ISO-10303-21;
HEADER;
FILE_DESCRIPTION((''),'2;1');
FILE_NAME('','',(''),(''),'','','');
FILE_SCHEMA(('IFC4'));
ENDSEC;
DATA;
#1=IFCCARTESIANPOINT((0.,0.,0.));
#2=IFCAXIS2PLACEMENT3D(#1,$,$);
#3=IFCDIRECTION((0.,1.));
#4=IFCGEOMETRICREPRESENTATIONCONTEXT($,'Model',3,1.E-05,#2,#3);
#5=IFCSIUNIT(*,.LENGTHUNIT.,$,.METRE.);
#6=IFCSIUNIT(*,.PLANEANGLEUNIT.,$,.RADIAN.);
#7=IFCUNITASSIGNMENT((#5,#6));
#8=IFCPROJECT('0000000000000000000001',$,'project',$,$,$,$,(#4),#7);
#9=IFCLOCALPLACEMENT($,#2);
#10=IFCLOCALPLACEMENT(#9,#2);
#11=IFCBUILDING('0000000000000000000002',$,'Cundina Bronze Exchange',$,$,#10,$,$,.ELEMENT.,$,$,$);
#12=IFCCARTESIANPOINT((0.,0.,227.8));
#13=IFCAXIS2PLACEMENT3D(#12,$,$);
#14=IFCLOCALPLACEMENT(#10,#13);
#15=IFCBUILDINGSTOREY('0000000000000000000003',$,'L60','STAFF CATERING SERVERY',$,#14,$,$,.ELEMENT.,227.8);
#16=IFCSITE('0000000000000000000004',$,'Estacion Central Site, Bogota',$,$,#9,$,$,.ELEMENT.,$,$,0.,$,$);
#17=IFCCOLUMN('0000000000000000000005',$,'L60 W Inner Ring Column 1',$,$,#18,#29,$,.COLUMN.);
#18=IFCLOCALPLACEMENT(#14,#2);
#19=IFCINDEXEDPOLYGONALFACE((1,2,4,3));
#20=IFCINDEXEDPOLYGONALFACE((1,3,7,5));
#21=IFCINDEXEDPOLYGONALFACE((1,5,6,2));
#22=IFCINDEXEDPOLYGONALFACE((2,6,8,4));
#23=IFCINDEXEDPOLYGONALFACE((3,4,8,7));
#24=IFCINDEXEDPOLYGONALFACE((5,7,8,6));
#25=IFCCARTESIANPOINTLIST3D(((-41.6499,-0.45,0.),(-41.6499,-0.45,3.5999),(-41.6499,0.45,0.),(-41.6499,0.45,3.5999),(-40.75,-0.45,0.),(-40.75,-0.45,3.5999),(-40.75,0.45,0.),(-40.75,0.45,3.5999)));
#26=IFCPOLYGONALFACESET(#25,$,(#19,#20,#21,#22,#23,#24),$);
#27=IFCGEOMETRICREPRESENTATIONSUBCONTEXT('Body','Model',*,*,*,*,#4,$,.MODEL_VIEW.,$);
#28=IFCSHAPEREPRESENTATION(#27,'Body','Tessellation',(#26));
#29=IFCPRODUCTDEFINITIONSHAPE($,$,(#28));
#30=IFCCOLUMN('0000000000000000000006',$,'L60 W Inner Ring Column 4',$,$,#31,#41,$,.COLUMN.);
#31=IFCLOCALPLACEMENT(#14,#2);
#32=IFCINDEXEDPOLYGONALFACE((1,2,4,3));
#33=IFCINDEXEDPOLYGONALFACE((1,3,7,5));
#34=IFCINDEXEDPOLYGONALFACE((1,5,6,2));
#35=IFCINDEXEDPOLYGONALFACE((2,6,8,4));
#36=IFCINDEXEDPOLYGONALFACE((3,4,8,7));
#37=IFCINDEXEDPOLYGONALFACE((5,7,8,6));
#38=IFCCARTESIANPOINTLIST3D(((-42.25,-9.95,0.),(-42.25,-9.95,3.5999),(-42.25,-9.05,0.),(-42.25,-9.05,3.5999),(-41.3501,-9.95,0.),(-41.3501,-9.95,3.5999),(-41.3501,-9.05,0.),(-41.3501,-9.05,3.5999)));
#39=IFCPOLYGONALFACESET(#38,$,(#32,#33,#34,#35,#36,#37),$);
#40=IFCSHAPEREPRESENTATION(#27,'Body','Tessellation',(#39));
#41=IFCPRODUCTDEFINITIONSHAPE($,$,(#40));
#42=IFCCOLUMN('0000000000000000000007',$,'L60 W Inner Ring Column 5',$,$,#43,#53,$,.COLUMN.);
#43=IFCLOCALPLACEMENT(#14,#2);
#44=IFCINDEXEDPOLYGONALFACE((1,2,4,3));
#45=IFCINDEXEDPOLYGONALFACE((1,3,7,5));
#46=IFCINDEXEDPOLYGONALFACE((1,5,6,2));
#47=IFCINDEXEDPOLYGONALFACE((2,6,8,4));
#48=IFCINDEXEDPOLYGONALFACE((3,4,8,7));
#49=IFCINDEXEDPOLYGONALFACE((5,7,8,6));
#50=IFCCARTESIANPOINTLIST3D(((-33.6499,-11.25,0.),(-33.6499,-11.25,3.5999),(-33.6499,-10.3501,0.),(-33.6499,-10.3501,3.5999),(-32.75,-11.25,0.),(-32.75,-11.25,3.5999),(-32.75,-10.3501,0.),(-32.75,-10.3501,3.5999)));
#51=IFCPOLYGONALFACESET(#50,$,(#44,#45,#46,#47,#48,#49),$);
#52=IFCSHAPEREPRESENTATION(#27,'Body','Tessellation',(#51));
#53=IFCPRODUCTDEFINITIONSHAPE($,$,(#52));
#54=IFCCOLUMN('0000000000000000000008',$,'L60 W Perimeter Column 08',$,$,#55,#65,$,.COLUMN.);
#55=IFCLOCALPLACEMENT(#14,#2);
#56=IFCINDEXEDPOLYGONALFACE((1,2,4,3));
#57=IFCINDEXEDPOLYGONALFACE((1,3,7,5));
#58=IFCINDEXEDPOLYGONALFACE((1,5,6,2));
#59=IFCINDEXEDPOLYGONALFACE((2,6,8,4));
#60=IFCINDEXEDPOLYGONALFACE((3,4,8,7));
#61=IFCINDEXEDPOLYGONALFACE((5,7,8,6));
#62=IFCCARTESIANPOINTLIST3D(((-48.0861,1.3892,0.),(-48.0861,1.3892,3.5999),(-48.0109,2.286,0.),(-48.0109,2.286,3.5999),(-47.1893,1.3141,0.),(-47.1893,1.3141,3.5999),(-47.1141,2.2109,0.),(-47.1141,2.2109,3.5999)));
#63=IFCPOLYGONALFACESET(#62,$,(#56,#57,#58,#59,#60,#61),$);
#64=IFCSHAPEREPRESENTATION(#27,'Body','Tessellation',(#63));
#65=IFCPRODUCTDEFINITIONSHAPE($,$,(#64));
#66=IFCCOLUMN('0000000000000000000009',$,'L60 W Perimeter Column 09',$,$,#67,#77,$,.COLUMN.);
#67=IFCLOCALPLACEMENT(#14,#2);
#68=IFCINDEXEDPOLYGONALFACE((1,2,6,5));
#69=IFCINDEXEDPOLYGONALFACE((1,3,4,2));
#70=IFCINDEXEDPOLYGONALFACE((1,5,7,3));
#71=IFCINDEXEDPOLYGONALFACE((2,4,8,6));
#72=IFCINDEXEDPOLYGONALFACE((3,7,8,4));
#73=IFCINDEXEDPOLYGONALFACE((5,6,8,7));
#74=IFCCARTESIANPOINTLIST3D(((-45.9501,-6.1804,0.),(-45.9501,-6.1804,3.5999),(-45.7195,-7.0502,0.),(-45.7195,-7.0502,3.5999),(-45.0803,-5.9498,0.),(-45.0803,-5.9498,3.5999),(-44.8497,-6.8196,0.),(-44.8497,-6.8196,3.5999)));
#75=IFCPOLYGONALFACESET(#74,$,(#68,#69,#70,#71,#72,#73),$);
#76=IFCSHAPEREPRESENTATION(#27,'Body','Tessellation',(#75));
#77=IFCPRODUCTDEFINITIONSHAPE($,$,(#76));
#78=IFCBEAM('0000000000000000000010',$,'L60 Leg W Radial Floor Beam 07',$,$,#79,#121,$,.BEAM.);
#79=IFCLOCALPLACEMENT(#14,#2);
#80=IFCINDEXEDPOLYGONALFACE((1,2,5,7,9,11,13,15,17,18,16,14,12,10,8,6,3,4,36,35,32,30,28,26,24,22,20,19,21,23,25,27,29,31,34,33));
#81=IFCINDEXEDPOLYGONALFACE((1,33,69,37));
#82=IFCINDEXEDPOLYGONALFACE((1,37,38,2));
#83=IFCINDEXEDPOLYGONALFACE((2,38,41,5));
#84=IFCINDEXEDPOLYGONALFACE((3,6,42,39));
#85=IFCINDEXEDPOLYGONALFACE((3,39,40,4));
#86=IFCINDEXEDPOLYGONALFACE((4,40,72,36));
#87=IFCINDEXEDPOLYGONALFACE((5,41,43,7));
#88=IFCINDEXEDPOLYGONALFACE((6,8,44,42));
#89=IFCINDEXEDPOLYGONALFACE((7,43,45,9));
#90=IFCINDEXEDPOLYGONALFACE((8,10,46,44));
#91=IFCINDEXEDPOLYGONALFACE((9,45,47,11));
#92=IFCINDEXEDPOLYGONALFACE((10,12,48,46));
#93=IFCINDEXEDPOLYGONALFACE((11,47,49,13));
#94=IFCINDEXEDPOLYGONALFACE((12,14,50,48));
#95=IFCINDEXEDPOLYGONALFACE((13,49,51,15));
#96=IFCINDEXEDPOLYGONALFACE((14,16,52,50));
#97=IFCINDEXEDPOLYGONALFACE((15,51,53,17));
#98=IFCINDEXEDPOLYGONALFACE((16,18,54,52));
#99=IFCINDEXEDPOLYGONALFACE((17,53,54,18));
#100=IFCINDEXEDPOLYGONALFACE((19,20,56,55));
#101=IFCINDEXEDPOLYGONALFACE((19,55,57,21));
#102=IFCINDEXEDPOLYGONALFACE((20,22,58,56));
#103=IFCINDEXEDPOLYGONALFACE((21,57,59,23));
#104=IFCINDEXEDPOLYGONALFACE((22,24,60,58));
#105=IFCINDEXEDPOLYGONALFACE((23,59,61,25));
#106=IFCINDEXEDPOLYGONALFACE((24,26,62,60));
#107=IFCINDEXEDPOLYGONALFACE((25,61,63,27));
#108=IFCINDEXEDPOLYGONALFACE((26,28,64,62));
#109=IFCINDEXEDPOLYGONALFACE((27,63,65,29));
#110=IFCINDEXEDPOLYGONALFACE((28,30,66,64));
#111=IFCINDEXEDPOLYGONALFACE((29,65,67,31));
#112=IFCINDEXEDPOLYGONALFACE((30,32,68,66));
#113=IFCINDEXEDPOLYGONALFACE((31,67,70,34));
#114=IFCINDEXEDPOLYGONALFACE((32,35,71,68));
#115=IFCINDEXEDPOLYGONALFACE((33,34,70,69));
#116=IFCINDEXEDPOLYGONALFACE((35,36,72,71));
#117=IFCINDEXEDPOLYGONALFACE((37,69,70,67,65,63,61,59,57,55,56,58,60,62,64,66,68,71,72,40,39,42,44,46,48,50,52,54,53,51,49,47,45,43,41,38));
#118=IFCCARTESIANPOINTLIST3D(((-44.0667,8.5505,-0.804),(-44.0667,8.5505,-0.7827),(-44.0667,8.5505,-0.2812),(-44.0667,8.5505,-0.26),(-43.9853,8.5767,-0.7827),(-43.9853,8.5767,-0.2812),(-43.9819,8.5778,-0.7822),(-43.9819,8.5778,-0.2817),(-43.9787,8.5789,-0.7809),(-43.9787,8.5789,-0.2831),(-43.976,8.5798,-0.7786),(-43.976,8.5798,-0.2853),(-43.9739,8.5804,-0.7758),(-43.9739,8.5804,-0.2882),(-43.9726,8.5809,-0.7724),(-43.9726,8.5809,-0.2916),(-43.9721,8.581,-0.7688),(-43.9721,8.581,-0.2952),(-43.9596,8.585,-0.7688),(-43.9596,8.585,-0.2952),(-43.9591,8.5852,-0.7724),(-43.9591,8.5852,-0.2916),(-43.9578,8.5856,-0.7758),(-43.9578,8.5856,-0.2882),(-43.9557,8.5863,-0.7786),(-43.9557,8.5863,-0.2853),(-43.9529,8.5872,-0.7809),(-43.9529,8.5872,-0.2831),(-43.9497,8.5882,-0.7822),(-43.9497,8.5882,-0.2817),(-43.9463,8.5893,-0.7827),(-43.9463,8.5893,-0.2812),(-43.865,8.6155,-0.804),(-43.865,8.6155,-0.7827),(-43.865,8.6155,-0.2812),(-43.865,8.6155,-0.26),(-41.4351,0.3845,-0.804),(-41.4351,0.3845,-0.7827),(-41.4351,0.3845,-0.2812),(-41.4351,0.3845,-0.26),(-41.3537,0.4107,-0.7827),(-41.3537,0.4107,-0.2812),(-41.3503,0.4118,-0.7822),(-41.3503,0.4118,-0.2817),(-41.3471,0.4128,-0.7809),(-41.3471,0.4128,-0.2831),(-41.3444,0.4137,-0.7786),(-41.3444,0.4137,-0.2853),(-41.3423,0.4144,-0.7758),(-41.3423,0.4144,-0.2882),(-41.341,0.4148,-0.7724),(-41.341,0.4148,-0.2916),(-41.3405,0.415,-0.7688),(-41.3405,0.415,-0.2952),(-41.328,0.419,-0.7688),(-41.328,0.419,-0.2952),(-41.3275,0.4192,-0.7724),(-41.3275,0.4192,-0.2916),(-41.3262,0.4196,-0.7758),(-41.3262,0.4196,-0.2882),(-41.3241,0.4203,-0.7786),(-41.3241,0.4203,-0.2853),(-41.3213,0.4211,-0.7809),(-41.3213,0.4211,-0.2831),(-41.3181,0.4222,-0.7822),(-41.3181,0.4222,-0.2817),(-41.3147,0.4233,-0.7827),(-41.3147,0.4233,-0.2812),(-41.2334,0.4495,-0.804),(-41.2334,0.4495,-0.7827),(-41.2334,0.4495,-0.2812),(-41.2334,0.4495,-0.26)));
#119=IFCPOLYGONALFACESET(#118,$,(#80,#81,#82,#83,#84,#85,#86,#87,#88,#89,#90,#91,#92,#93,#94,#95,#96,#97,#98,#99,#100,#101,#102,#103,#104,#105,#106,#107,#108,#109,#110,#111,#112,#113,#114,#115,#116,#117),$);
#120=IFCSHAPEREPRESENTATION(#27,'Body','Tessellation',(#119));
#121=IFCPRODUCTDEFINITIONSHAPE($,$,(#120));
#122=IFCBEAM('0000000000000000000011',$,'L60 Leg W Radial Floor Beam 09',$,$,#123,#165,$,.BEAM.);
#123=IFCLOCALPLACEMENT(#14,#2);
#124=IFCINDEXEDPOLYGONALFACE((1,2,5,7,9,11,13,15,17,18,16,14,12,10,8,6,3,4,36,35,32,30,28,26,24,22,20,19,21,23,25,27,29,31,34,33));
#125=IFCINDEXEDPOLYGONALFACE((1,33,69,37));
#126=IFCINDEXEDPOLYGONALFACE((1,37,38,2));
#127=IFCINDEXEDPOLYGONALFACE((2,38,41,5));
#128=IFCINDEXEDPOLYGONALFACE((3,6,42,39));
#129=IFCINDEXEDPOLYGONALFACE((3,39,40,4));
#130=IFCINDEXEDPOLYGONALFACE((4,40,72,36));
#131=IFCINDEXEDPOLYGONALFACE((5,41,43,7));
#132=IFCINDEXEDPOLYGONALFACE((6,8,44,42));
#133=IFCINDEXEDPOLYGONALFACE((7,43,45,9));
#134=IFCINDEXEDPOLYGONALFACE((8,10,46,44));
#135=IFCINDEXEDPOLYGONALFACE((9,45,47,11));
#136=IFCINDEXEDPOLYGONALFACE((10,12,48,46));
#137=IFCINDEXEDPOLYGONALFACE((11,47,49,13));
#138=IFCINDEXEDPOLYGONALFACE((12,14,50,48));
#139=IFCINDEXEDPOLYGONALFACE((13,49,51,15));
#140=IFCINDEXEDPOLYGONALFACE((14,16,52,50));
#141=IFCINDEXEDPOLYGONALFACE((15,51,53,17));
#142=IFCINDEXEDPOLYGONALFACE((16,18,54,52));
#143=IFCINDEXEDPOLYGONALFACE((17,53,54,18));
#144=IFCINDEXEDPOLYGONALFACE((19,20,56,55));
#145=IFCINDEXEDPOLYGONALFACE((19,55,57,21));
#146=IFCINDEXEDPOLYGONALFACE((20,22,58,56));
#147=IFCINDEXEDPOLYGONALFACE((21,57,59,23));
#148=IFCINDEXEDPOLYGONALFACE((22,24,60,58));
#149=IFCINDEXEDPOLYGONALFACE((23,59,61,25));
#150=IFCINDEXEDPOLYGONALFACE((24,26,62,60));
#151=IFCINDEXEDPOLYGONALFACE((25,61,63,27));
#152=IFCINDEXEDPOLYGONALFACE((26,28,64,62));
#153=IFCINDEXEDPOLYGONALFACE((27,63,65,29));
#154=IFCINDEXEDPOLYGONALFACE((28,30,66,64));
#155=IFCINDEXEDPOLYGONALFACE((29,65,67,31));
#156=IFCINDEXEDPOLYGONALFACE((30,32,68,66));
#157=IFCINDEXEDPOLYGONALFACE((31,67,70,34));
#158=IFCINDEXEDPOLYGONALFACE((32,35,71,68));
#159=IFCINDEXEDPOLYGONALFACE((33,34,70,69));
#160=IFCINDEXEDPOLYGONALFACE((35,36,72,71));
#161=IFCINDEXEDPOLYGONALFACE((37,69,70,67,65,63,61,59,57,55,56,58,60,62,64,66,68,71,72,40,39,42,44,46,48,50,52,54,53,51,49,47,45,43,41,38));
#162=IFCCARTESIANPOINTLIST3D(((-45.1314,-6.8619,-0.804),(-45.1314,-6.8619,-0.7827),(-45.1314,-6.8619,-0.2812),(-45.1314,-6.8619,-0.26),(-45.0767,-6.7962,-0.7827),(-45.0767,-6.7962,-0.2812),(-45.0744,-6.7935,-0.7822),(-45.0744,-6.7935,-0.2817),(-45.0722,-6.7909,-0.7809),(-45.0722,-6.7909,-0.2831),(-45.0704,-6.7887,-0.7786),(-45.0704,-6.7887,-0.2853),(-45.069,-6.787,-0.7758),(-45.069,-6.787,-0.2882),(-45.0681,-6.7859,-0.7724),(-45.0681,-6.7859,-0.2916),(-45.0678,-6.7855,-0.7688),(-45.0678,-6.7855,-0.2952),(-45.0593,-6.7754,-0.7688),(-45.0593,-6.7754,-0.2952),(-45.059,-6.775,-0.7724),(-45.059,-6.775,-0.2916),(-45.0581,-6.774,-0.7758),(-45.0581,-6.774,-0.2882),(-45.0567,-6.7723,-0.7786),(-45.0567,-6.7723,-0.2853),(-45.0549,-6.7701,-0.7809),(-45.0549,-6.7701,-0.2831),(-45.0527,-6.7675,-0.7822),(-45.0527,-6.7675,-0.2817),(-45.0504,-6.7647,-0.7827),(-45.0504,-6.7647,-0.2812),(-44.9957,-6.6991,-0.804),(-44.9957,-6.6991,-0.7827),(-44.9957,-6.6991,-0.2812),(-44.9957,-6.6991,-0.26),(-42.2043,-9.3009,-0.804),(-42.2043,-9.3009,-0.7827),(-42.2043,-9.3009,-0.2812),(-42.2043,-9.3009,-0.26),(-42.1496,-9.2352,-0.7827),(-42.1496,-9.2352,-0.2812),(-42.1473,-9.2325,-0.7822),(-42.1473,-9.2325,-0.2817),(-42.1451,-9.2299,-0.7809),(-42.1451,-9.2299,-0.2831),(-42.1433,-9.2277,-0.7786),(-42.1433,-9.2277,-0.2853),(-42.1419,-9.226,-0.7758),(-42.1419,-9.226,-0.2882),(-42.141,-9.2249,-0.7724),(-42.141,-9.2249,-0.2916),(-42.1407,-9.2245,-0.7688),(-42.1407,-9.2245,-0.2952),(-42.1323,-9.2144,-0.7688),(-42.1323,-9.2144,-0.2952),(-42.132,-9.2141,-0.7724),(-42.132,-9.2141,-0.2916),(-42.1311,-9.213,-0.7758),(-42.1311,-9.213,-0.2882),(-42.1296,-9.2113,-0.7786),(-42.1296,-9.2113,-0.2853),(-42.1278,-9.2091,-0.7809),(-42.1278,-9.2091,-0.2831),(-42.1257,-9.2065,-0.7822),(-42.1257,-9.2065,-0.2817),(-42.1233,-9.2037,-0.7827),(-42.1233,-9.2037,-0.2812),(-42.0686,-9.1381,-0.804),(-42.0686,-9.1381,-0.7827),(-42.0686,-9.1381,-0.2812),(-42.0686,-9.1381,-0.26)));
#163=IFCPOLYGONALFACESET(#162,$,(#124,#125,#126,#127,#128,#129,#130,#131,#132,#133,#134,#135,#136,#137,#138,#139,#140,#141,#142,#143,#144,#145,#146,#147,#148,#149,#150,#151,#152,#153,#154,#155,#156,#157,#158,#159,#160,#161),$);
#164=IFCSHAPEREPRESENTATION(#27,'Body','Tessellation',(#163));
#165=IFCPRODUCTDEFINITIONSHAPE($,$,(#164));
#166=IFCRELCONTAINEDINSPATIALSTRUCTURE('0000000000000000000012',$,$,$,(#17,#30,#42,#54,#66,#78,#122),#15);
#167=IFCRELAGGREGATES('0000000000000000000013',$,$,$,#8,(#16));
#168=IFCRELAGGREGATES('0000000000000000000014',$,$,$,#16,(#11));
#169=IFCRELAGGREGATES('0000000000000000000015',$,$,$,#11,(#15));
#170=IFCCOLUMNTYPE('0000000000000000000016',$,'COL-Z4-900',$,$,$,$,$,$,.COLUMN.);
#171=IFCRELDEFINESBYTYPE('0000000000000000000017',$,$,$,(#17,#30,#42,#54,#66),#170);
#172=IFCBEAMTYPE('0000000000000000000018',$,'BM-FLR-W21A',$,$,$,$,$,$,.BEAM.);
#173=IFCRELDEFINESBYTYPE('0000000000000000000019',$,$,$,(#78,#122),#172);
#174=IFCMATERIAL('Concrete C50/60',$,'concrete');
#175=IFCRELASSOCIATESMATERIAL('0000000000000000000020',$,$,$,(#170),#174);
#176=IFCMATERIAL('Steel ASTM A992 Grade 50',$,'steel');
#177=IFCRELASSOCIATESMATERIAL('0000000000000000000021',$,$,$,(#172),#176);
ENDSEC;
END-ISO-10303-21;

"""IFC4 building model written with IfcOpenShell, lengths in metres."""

from ifc_helpers import new_model, si_unit, direction, frame, origin, origin_2d, place, context, subcontext, project, spatial, rectangle, i_section, extrude, material, material_profile, profile_set, type_object, element, save


model = new_model("IFC4")

# Units and contexts
model_context = context("Model", 3, precision=1e-05, world=origin(), true_north=direction((0.0, 1.0)))
body_context = subcontext(model_context, "Body", "Model", "MODEL_VIEW")
ifc_project = project(units=[si_unit("LENGTHUNIT", "METRE"), si_unit("PLANEANGLEUNIT", "RADIAN")], contexts=[model_context])

# Site, building, storey
site_placement = place(None, origin())
site = spatial("IfcSite", under=ifc_project, at=site_placement, Name="Estacion Central Site, Bogota", CompositionType="ELEMENT", RefElevation=0.0)
building_placement = place(site_placement, origin())
building = spatial("IfcBuilding", under=site, at=building_placement, Name="Cundina Bronze Exchange", CompositionType="ELEMENT")
storey_placement = place(building_placement, frame((0.0, 0.0, 227.8)))
storey = spatial("IfcBuildingStorey", under=building, at=storey_placement, Name="L60", Description="STAFF CATERING SERVERY", CompositionType="ELEMENT", Elevation=227.8)

# Columns
ifc_material_1 = material(Name="Concrete C50/60", Category="concrete")
ifc_material_profile_1 = material_profile(ifc_material_1, rectangle(XDim=0.8999, YDim=0.8999, at=origin_2d()), Name="RC900X900", Category="concrete")
ifc_profile_set_1 = profile_set([ifc_material_profile_1], Name="Concrete C50/60")
column_type = type_object("IfcColumnType", Name="COL-Z4-900", PredefinedType="COLUMN", material=ifc_profile_set_1)
for number, where, z_axis, x_axis, name in (
    (1, (-41.2, 0.0, 0.0), (0.0, 0.0, 1.0), (1.0, 0.0, 0.0), "L60 W Inner Ring Column 1"),
    (2, (-41.8, -9.5, 0.0), (0.0, 0.0, 1.0), (1.0, 0.0, 0.0), "L60 W Inner Ring Column 4"),
    (3, (-33.2, -10.8, 0.0), (0.0, 0.0, 1.0), (1.0, 0.0, 0.0), "L60 W Inner Ring Column 5"),
    (4, (-47.6001, 1.8, 0.0), (0.0, 0.0, 1.0), (-0.083504, -0.996507, 0.0), "L60 W Perimeter Column 08"),
    (5, (-45.3999, -6.5, 0.0), (0.0, 0.0, 1.0), (0.256289, -0.9666, 0.0), "L60 W Perimeter Column 09"),
):
    element("IfcColumn", number, at=place(storey_placement, frame(where, z_axis=z_axis, x_axis=x_axis)), inside=storey, type_object=column_type, Name=name, PredefinedType="COLUMN", context=body_context, shape_type="SweptSolid", body=[
        extrude(rectangle(XDim=0.8999, YDim=0.8999, at=origin_2d()), origin(), (0.0, 0.0, 1.0), 3.5999),
    ])

# Beams
ifc_material_2 = material(Name="Steel ASTM A992 Grade 50", Category="steel")
ifc_material_profile_2 = material_profile(ifc_material_2, i_section(OverallWidth=0.2119, OverallDepth=0.5439, WebThickness=0.0132, FlangeThickness=0.0212, FilletRadius=0.0139, at=origin_2d()), Name="W21X83", Category="steel")
ifc_profile_set_2 = profile_set([ifc_material_profile_2], Name="Steel ASTM A992 Grade 50")
beam_type_1 = type_object("IfcBeamType", Name="BM-FLR-W21A", PredefinedType="BEAM", material=ifc_profile_set_2)
beam_1_placement = place(storey_placement, frame((-41.3342, 0.417, -0.532), z_axis=(-0.306728, 0.951797, 0.0), x_axis=(-0.951797, -0.306728, 0.0)))
element("IfcBeam", 6, at=beam_1_placement, inside=storey, type_object=beam_type_1, Name="L60 Leg W Radial Floor Beam 07", PredefinedType="BEAM", context=body_context, shape_type="SweptSolid", body=[
    extrude(i_section(OverallWidth=0.2119, OverallDepth=0.5439, WebThickness=0.0132, FlangeThickness=0.0212, FilletRadius=0.0139, at=origin_2d()), origin(), (0.0, 0.0, 1.0), 8.5796),
])
beam_2_placement = place(storey_placement, frame((-42.1365, -9.2195, -0.532), z_axis=(-0.768248, 0.640153, 0.0), x_axis=(-0.640153, -0.768248, 0.0)))
element("IfcBeam", 7, at=beam_2_placement, inside=storey, type_object=beam_type_1, Name="L60 Leg W Radial Floor Beam 09", PredefinedType="BEAM", context=body_context, shape_type="SweptSolid", body=[
    extrude(i_section(OverallWidth=0.2119, OverallDepth=0.5439, WebThickness=0.0132, FlangeThickness=0.0212, FilletRadius=0.0139, at=origin_2d()), origin(), (0.0, 0.0, 1.0), 3.8101),
])

save(model, "model.ifc")
